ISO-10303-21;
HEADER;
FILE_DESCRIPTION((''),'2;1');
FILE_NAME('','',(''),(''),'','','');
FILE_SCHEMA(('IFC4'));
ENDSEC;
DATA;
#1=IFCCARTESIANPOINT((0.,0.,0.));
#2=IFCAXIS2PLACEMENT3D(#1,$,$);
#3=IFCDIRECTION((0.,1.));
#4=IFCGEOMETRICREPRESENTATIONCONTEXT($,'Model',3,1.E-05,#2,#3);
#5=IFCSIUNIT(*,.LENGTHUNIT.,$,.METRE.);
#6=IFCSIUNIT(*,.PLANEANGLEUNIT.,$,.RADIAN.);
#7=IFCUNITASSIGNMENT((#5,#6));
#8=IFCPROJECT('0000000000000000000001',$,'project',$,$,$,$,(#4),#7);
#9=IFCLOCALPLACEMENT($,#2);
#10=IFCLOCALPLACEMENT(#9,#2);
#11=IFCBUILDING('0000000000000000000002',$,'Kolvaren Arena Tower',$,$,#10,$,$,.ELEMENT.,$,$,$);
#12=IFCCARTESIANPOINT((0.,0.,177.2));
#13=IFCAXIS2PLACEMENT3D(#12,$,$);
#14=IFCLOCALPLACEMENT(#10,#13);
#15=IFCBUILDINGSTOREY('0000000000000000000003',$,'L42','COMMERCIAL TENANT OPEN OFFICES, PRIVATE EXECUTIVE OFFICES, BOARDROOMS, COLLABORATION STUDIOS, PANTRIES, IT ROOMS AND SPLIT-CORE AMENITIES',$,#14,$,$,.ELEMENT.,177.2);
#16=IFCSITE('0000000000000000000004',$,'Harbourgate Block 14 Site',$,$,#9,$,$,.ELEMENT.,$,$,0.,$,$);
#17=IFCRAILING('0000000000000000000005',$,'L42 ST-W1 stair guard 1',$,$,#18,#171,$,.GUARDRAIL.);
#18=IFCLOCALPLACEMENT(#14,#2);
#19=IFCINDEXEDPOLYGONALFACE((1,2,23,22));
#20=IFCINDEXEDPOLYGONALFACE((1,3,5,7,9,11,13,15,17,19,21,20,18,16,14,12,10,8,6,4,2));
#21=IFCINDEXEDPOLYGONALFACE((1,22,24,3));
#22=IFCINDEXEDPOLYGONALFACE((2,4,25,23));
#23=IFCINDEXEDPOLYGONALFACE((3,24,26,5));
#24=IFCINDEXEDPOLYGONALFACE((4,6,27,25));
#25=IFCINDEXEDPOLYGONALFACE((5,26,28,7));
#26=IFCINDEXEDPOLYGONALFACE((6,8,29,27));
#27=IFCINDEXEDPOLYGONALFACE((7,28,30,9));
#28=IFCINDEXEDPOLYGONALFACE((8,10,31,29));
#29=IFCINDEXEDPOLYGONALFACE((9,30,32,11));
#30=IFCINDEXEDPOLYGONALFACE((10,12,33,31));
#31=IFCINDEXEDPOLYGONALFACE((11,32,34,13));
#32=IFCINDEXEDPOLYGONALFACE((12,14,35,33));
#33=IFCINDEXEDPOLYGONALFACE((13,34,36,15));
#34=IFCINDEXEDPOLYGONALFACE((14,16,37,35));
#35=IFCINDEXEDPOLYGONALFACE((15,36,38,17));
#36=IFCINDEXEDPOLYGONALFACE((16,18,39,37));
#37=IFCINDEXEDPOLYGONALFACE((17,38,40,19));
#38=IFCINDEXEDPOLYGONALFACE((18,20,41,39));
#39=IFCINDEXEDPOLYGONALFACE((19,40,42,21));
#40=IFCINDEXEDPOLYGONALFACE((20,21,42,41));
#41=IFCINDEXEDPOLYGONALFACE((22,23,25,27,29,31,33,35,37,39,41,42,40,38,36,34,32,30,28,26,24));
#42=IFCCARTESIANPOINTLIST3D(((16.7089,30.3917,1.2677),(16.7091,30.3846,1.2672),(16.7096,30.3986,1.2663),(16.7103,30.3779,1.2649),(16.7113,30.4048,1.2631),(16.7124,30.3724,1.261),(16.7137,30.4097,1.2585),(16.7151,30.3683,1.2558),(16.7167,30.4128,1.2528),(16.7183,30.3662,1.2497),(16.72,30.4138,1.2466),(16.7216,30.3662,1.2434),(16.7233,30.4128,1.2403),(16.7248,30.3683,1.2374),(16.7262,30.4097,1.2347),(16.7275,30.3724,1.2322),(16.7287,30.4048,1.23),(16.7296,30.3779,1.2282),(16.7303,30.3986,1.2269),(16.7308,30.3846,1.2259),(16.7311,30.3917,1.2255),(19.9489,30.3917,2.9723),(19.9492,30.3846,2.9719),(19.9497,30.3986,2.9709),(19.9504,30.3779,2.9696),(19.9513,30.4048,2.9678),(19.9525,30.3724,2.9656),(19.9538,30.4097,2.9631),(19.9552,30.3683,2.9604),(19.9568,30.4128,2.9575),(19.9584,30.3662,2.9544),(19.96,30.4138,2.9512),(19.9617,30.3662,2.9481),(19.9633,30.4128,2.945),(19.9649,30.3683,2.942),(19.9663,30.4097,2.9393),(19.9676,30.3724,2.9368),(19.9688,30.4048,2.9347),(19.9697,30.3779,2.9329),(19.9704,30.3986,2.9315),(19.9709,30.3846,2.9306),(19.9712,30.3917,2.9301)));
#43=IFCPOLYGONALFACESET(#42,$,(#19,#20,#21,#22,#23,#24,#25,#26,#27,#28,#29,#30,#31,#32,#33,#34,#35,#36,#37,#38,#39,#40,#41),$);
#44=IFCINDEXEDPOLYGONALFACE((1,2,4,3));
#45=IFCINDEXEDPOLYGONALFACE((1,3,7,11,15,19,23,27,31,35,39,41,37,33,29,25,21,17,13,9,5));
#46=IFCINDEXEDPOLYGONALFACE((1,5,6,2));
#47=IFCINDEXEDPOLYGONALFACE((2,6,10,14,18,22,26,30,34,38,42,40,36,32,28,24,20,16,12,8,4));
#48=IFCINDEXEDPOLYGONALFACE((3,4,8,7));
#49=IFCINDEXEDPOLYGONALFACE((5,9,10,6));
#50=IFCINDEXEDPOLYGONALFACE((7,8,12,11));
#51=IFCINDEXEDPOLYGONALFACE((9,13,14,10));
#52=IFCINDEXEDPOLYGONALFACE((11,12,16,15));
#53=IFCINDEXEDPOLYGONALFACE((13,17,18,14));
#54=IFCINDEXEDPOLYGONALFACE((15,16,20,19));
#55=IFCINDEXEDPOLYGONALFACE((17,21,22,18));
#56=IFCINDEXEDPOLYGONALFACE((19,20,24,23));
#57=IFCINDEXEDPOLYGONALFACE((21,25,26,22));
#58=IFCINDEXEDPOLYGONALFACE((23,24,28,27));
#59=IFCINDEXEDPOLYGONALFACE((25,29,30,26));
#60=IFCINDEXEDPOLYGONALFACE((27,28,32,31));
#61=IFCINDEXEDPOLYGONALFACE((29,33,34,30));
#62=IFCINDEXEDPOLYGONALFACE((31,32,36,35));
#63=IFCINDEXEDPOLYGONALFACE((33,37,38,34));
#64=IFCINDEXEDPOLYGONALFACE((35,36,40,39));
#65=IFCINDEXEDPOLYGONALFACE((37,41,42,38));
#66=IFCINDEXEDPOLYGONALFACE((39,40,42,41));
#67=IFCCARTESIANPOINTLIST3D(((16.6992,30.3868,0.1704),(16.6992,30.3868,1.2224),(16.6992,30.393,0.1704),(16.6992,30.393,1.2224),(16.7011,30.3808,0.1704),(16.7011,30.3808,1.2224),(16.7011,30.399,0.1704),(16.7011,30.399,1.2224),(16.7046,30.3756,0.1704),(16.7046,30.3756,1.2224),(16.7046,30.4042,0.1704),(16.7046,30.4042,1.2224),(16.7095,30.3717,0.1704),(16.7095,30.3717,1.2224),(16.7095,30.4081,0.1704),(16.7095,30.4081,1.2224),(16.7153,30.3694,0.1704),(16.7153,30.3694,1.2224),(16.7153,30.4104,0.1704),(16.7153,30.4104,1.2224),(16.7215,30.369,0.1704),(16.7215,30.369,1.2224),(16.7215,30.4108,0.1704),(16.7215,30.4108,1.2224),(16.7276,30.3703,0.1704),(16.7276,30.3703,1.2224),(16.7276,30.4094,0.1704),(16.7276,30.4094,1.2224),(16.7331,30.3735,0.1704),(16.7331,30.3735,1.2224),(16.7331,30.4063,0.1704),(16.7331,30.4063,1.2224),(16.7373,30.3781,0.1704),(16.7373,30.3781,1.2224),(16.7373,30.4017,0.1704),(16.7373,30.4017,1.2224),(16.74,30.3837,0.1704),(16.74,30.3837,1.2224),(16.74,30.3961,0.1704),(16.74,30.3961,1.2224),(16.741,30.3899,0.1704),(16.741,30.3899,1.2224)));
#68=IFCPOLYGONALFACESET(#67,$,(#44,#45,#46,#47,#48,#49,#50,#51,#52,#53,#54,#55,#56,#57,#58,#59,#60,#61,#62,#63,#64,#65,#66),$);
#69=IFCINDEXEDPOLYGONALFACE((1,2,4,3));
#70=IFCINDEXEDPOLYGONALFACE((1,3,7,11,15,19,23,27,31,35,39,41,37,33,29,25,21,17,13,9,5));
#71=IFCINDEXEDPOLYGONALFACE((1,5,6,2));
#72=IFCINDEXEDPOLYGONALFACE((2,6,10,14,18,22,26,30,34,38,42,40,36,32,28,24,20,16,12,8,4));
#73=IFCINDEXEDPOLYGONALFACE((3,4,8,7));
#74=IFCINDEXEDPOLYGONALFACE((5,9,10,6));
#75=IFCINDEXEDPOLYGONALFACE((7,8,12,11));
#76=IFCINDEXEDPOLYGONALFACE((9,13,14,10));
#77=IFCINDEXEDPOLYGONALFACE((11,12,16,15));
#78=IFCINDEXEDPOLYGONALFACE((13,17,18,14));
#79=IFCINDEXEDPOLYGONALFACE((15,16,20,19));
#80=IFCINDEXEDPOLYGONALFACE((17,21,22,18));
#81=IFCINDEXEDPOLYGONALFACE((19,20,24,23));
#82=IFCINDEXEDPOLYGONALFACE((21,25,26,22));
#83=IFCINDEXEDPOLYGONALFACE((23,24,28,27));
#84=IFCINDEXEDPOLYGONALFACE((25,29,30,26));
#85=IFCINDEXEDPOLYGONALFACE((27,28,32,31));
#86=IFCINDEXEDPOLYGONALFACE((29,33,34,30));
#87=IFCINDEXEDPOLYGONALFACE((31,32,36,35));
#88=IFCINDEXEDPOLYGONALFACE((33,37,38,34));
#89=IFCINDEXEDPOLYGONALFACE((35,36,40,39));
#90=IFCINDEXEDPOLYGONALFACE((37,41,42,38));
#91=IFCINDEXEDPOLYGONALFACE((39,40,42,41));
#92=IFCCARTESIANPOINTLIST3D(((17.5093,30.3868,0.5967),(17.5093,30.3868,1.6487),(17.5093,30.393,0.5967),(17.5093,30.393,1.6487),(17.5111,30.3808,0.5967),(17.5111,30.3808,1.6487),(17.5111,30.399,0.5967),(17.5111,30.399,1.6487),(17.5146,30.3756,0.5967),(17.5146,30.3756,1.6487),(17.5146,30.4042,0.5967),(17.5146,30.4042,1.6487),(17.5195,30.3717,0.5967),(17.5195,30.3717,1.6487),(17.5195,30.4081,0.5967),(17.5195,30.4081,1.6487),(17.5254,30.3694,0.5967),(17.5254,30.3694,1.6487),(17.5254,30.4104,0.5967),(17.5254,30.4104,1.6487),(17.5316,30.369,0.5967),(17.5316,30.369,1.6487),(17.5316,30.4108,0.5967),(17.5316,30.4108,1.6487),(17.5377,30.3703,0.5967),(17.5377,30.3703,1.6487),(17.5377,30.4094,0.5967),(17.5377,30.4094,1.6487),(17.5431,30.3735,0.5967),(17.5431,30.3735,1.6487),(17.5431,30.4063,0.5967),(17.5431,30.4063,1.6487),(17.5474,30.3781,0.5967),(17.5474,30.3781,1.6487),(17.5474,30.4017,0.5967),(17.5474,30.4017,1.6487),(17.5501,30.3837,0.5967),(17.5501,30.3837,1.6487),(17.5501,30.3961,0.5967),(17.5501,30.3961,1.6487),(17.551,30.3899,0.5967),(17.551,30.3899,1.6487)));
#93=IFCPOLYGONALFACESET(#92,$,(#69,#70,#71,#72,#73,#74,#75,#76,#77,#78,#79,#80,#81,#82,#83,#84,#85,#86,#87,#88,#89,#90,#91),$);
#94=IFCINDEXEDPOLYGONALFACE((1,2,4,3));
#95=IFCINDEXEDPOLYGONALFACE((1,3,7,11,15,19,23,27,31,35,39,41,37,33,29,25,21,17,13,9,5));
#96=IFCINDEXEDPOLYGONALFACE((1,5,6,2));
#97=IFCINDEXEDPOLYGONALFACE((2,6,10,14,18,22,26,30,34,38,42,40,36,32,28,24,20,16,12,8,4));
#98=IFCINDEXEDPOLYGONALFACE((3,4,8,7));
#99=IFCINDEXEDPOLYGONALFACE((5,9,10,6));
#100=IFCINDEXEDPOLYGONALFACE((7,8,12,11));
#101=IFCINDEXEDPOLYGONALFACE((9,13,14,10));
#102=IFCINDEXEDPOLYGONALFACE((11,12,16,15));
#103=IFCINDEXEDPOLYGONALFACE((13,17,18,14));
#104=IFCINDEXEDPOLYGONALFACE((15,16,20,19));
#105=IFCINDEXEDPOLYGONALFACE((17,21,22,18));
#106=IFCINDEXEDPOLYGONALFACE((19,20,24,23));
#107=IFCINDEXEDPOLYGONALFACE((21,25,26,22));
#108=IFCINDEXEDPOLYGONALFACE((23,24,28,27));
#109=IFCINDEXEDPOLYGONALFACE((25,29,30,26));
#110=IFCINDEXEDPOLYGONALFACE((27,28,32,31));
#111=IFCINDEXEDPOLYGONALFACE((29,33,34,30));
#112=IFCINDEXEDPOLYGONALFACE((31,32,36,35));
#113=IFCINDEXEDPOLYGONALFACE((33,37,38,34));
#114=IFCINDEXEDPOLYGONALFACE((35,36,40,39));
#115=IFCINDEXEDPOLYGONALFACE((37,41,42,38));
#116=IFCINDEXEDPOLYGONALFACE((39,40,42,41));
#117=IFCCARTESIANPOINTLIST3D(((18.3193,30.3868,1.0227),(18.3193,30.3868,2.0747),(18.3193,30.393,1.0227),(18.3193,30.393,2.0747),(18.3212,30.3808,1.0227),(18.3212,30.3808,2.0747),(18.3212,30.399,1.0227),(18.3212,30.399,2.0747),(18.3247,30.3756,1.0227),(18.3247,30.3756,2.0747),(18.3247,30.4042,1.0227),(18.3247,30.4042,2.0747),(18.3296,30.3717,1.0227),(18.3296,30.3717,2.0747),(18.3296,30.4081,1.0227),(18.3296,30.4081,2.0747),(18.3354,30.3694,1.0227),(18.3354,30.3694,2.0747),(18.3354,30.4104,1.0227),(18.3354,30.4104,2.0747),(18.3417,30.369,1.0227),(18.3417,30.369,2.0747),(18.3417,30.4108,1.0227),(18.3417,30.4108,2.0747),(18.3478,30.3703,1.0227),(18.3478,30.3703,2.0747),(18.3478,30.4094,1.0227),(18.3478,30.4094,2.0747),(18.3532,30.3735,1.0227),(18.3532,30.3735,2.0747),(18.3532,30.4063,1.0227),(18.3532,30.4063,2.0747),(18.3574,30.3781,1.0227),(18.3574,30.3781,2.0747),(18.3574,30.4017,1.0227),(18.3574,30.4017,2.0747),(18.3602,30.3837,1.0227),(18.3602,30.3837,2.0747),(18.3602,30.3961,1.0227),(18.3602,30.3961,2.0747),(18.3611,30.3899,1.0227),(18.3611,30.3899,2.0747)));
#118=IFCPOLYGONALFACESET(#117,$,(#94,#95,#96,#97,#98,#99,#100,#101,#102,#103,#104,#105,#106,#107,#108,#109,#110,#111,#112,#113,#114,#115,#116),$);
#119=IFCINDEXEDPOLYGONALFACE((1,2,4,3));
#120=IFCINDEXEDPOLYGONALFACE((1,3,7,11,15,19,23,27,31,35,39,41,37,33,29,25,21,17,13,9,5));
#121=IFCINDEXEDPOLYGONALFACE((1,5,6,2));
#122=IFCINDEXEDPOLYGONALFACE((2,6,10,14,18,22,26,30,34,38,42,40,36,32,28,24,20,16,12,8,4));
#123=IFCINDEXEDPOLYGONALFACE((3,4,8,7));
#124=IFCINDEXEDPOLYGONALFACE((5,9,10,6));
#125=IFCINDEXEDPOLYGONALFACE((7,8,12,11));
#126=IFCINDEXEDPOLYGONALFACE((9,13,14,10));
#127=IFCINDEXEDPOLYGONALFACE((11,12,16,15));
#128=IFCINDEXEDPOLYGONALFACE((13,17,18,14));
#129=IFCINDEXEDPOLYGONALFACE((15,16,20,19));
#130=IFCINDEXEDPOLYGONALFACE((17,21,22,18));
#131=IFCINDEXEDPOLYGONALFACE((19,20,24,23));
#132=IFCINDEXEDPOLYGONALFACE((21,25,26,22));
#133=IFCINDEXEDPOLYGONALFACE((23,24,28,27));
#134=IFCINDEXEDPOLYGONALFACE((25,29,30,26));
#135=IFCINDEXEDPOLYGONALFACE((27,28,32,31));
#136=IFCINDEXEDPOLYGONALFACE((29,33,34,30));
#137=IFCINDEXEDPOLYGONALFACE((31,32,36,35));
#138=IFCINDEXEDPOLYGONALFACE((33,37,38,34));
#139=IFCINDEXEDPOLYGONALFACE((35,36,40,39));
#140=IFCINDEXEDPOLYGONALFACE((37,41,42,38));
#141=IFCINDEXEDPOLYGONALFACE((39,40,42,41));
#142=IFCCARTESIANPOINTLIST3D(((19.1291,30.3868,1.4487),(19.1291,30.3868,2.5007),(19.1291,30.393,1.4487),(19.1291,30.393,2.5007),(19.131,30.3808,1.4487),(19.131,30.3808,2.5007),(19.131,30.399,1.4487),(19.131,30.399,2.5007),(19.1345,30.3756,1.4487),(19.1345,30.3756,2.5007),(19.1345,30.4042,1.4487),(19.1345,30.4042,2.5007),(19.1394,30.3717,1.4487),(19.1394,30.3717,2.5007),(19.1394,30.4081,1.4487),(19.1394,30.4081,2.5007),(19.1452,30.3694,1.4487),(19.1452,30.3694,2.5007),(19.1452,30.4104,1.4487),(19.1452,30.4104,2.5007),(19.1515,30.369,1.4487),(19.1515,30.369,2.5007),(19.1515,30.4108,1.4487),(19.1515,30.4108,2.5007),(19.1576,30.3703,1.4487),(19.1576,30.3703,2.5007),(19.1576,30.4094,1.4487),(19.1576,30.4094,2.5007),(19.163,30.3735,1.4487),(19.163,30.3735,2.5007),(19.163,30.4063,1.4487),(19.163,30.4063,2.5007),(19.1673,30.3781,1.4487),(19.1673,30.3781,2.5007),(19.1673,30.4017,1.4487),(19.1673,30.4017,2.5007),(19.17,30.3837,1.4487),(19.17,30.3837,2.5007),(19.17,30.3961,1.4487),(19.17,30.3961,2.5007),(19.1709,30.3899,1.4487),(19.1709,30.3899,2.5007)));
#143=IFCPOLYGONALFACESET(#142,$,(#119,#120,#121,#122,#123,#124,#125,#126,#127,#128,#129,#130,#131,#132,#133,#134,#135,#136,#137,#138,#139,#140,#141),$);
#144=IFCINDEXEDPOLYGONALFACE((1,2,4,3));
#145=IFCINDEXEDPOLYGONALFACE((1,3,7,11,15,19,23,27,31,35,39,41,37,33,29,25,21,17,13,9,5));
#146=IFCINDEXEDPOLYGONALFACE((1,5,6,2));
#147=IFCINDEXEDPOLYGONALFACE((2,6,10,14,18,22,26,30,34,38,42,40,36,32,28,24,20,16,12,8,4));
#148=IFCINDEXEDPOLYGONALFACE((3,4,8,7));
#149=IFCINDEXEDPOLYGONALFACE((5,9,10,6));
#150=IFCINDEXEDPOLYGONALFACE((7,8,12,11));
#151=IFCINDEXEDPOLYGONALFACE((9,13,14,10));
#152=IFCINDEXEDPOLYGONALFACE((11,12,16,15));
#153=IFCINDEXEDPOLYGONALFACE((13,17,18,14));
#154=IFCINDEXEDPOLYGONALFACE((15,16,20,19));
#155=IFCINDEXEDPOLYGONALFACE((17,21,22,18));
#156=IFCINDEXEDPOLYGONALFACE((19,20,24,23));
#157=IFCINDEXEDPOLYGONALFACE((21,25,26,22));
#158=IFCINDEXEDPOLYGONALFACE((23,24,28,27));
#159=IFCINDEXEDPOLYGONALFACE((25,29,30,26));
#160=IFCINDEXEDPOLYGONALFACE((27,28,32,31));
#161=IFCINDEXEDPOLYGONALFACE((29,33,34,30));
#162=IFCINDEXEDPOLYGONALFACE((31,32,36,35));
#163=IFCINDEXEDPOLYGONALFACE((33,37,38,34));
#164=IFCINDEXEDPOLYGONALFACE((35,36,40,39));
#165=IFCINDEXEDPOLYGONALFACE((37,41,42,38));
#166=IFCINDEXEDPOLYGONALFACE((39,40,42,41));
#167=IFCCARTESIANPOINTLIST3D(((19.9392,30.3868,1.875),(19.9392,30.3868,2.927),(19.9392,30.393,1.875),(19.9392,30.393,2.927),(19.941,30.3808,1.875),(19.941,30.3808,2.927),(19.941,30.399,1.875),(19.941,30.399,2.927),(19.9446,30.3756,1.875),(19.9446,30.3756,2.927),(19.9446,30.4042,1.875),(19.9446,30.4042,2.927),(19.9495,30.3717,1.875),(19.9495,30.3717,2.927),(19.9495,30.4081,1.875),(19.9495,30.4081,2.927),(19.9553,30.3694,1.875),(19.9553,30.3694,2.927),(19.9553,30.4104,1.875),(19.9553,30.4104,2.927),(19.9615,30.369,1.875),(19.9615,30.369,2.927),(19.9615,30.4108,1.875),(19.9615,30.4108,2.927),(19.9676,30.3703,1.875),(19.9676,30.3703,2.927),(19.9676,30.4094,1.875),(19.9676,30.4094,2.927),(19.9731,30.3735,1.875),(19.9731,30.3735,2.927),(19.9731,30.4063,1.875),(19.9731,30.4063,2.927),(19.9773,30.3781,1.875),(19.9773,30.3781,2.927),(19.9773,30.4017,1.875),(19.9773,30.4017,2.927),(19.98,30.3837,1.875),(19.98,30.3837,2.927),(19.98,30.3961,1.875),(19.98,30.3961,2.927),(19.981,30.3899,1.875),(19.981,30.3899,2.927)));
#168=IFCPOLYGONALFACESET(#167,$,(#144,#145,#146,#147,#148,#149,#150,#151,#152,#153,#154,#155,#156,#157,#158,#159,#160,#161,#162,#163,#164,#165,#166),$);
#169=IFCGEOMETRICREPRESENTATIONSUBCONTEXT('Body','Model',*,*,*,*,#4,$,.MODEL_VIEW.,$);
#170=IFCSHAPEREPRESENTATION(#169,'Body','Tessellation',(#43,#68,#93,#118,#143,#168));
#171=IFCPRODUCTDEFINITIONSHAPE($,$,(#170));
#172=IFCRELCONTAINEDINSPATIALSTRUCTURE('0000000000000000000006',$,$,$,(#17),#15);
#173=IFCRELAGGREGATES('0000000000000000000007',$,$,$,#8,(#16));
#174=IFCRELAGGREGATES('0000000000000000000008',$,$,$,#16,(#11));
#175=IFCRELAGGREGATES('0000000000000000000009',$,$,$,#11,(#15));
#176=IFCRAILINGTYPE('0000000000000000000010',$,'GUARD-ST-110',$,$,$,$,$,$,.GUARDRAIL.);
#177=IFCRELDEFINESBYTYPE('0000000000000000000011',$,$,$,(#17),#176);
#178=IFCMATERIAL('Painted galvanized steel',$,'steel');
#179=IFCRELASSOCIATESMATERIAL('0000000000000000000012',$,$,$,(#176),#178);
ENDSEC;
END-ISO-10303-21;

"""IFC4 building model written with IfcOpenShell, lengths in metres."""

from ifc_helpers import new_model, si_unit, direction, frame, origin, origin_2d, place, context, subcontext, project, spatial, circle, extrude, material, type_object, element, save


model = new_model("IFC4")

# Units and contexts
model_context = context("Model", 3, precision=1e-05, world=origin(), true_north=direction((0.0, 1.0)))
body_context = subcontext(model_context, "Body", "Model", "MODEL_VIEW")
ifc_project = project(units=[si_unit("LENGTHUNIT", "METRE"), si_unit("PLANEANGLEUNIT", "RADIAN")], contexts=[model_context])

# Site, building, storey
site_placement = place(None, origin())
site = spatial("IfcSite", under=ifc_project, at=site_placement, Name="Harbourgate Block 14 Site", CompositionType="ELEMENT", RefElevation=0.0)
building_placement = place(site_placement, origin())
building = spatial("IfcBuilding", under=site, at=building_placement, Name="Kolvaren Arena Tower", CompositionType="ELEMENT")
storey_placement = place(building_placement, frame((0.0, 0.0, 177.2)))
storey = spatial("IfcBuildingStorey", under=building, at=storey_placement, Name="L42", Description="COMMERCIAL TENANT OPEN OFFICES, PRIVATE EXECUTIVE OFFICES, BOARDROOMS, COLLABORATION STUDIOS, PANTRIES, IT ROOMS AND SPLIT-CORE AMENITIES", CompositionType="ELEMENT", Elevation=177.2)

# Railing
ifc_material_1 = material(Name="Painted galvanized steel", Category="steel")
railing_type_1 = type_object("IfcRailingType", Name="GUARD-ST-110", PredefinedType="GUARDRAIL", material=ifc_material_1)
railing_1_placement = place(storey_placement, frame((16.72, 30.3899, 0.1704)))
element("IfcRailing", 1, at=railing_1_placement, inside=storey, type_object=railing_type_1, Name="L42 ST-W1 stair guard 1", PredefinedType="GUARDRAIL", context=body_context, shape_type="SweptSolid", body=[
    extrude(circle(Radius=0.0239, at=origin_2d()), frame((0.0, 0.0, 1.0762), z_axis=(0.884993, 0.0, 0.465604), x_axis=(0.0, 1.0, 0.0)), (0.0, 0.0, 1.0), 3.6611),
    extrude(circle(Radius=0.021, at=origin_2d()), origin(), (0.0, 0.0, 1.0), 1.052),
    extrude(circle(Radius=0.021, at=origin_2d()), frame((0.8101, 0.0, 0.4263)), (0.0, 0.0, 1.0), 1.052),
    extrude(circle(Radius=0.021, at=origin_2d()), frame((1.6201, 0.0, 0.8523)), (0.0, 0.0, 1.0), 1.052),
    extrude(circle(Radius=0.021, at=origin_2d()), frame((2.4299, 0.0, 1.2783)), (0.0, 0.0, 1.0), 1.052),
    extrude(circle(Radius=0.021, at=origin_2d()), frame((3.24, 0.0, 1.7046)), (0.0, 0.0, 1.0), 1.052),
])

save(model, "model.ifc")
